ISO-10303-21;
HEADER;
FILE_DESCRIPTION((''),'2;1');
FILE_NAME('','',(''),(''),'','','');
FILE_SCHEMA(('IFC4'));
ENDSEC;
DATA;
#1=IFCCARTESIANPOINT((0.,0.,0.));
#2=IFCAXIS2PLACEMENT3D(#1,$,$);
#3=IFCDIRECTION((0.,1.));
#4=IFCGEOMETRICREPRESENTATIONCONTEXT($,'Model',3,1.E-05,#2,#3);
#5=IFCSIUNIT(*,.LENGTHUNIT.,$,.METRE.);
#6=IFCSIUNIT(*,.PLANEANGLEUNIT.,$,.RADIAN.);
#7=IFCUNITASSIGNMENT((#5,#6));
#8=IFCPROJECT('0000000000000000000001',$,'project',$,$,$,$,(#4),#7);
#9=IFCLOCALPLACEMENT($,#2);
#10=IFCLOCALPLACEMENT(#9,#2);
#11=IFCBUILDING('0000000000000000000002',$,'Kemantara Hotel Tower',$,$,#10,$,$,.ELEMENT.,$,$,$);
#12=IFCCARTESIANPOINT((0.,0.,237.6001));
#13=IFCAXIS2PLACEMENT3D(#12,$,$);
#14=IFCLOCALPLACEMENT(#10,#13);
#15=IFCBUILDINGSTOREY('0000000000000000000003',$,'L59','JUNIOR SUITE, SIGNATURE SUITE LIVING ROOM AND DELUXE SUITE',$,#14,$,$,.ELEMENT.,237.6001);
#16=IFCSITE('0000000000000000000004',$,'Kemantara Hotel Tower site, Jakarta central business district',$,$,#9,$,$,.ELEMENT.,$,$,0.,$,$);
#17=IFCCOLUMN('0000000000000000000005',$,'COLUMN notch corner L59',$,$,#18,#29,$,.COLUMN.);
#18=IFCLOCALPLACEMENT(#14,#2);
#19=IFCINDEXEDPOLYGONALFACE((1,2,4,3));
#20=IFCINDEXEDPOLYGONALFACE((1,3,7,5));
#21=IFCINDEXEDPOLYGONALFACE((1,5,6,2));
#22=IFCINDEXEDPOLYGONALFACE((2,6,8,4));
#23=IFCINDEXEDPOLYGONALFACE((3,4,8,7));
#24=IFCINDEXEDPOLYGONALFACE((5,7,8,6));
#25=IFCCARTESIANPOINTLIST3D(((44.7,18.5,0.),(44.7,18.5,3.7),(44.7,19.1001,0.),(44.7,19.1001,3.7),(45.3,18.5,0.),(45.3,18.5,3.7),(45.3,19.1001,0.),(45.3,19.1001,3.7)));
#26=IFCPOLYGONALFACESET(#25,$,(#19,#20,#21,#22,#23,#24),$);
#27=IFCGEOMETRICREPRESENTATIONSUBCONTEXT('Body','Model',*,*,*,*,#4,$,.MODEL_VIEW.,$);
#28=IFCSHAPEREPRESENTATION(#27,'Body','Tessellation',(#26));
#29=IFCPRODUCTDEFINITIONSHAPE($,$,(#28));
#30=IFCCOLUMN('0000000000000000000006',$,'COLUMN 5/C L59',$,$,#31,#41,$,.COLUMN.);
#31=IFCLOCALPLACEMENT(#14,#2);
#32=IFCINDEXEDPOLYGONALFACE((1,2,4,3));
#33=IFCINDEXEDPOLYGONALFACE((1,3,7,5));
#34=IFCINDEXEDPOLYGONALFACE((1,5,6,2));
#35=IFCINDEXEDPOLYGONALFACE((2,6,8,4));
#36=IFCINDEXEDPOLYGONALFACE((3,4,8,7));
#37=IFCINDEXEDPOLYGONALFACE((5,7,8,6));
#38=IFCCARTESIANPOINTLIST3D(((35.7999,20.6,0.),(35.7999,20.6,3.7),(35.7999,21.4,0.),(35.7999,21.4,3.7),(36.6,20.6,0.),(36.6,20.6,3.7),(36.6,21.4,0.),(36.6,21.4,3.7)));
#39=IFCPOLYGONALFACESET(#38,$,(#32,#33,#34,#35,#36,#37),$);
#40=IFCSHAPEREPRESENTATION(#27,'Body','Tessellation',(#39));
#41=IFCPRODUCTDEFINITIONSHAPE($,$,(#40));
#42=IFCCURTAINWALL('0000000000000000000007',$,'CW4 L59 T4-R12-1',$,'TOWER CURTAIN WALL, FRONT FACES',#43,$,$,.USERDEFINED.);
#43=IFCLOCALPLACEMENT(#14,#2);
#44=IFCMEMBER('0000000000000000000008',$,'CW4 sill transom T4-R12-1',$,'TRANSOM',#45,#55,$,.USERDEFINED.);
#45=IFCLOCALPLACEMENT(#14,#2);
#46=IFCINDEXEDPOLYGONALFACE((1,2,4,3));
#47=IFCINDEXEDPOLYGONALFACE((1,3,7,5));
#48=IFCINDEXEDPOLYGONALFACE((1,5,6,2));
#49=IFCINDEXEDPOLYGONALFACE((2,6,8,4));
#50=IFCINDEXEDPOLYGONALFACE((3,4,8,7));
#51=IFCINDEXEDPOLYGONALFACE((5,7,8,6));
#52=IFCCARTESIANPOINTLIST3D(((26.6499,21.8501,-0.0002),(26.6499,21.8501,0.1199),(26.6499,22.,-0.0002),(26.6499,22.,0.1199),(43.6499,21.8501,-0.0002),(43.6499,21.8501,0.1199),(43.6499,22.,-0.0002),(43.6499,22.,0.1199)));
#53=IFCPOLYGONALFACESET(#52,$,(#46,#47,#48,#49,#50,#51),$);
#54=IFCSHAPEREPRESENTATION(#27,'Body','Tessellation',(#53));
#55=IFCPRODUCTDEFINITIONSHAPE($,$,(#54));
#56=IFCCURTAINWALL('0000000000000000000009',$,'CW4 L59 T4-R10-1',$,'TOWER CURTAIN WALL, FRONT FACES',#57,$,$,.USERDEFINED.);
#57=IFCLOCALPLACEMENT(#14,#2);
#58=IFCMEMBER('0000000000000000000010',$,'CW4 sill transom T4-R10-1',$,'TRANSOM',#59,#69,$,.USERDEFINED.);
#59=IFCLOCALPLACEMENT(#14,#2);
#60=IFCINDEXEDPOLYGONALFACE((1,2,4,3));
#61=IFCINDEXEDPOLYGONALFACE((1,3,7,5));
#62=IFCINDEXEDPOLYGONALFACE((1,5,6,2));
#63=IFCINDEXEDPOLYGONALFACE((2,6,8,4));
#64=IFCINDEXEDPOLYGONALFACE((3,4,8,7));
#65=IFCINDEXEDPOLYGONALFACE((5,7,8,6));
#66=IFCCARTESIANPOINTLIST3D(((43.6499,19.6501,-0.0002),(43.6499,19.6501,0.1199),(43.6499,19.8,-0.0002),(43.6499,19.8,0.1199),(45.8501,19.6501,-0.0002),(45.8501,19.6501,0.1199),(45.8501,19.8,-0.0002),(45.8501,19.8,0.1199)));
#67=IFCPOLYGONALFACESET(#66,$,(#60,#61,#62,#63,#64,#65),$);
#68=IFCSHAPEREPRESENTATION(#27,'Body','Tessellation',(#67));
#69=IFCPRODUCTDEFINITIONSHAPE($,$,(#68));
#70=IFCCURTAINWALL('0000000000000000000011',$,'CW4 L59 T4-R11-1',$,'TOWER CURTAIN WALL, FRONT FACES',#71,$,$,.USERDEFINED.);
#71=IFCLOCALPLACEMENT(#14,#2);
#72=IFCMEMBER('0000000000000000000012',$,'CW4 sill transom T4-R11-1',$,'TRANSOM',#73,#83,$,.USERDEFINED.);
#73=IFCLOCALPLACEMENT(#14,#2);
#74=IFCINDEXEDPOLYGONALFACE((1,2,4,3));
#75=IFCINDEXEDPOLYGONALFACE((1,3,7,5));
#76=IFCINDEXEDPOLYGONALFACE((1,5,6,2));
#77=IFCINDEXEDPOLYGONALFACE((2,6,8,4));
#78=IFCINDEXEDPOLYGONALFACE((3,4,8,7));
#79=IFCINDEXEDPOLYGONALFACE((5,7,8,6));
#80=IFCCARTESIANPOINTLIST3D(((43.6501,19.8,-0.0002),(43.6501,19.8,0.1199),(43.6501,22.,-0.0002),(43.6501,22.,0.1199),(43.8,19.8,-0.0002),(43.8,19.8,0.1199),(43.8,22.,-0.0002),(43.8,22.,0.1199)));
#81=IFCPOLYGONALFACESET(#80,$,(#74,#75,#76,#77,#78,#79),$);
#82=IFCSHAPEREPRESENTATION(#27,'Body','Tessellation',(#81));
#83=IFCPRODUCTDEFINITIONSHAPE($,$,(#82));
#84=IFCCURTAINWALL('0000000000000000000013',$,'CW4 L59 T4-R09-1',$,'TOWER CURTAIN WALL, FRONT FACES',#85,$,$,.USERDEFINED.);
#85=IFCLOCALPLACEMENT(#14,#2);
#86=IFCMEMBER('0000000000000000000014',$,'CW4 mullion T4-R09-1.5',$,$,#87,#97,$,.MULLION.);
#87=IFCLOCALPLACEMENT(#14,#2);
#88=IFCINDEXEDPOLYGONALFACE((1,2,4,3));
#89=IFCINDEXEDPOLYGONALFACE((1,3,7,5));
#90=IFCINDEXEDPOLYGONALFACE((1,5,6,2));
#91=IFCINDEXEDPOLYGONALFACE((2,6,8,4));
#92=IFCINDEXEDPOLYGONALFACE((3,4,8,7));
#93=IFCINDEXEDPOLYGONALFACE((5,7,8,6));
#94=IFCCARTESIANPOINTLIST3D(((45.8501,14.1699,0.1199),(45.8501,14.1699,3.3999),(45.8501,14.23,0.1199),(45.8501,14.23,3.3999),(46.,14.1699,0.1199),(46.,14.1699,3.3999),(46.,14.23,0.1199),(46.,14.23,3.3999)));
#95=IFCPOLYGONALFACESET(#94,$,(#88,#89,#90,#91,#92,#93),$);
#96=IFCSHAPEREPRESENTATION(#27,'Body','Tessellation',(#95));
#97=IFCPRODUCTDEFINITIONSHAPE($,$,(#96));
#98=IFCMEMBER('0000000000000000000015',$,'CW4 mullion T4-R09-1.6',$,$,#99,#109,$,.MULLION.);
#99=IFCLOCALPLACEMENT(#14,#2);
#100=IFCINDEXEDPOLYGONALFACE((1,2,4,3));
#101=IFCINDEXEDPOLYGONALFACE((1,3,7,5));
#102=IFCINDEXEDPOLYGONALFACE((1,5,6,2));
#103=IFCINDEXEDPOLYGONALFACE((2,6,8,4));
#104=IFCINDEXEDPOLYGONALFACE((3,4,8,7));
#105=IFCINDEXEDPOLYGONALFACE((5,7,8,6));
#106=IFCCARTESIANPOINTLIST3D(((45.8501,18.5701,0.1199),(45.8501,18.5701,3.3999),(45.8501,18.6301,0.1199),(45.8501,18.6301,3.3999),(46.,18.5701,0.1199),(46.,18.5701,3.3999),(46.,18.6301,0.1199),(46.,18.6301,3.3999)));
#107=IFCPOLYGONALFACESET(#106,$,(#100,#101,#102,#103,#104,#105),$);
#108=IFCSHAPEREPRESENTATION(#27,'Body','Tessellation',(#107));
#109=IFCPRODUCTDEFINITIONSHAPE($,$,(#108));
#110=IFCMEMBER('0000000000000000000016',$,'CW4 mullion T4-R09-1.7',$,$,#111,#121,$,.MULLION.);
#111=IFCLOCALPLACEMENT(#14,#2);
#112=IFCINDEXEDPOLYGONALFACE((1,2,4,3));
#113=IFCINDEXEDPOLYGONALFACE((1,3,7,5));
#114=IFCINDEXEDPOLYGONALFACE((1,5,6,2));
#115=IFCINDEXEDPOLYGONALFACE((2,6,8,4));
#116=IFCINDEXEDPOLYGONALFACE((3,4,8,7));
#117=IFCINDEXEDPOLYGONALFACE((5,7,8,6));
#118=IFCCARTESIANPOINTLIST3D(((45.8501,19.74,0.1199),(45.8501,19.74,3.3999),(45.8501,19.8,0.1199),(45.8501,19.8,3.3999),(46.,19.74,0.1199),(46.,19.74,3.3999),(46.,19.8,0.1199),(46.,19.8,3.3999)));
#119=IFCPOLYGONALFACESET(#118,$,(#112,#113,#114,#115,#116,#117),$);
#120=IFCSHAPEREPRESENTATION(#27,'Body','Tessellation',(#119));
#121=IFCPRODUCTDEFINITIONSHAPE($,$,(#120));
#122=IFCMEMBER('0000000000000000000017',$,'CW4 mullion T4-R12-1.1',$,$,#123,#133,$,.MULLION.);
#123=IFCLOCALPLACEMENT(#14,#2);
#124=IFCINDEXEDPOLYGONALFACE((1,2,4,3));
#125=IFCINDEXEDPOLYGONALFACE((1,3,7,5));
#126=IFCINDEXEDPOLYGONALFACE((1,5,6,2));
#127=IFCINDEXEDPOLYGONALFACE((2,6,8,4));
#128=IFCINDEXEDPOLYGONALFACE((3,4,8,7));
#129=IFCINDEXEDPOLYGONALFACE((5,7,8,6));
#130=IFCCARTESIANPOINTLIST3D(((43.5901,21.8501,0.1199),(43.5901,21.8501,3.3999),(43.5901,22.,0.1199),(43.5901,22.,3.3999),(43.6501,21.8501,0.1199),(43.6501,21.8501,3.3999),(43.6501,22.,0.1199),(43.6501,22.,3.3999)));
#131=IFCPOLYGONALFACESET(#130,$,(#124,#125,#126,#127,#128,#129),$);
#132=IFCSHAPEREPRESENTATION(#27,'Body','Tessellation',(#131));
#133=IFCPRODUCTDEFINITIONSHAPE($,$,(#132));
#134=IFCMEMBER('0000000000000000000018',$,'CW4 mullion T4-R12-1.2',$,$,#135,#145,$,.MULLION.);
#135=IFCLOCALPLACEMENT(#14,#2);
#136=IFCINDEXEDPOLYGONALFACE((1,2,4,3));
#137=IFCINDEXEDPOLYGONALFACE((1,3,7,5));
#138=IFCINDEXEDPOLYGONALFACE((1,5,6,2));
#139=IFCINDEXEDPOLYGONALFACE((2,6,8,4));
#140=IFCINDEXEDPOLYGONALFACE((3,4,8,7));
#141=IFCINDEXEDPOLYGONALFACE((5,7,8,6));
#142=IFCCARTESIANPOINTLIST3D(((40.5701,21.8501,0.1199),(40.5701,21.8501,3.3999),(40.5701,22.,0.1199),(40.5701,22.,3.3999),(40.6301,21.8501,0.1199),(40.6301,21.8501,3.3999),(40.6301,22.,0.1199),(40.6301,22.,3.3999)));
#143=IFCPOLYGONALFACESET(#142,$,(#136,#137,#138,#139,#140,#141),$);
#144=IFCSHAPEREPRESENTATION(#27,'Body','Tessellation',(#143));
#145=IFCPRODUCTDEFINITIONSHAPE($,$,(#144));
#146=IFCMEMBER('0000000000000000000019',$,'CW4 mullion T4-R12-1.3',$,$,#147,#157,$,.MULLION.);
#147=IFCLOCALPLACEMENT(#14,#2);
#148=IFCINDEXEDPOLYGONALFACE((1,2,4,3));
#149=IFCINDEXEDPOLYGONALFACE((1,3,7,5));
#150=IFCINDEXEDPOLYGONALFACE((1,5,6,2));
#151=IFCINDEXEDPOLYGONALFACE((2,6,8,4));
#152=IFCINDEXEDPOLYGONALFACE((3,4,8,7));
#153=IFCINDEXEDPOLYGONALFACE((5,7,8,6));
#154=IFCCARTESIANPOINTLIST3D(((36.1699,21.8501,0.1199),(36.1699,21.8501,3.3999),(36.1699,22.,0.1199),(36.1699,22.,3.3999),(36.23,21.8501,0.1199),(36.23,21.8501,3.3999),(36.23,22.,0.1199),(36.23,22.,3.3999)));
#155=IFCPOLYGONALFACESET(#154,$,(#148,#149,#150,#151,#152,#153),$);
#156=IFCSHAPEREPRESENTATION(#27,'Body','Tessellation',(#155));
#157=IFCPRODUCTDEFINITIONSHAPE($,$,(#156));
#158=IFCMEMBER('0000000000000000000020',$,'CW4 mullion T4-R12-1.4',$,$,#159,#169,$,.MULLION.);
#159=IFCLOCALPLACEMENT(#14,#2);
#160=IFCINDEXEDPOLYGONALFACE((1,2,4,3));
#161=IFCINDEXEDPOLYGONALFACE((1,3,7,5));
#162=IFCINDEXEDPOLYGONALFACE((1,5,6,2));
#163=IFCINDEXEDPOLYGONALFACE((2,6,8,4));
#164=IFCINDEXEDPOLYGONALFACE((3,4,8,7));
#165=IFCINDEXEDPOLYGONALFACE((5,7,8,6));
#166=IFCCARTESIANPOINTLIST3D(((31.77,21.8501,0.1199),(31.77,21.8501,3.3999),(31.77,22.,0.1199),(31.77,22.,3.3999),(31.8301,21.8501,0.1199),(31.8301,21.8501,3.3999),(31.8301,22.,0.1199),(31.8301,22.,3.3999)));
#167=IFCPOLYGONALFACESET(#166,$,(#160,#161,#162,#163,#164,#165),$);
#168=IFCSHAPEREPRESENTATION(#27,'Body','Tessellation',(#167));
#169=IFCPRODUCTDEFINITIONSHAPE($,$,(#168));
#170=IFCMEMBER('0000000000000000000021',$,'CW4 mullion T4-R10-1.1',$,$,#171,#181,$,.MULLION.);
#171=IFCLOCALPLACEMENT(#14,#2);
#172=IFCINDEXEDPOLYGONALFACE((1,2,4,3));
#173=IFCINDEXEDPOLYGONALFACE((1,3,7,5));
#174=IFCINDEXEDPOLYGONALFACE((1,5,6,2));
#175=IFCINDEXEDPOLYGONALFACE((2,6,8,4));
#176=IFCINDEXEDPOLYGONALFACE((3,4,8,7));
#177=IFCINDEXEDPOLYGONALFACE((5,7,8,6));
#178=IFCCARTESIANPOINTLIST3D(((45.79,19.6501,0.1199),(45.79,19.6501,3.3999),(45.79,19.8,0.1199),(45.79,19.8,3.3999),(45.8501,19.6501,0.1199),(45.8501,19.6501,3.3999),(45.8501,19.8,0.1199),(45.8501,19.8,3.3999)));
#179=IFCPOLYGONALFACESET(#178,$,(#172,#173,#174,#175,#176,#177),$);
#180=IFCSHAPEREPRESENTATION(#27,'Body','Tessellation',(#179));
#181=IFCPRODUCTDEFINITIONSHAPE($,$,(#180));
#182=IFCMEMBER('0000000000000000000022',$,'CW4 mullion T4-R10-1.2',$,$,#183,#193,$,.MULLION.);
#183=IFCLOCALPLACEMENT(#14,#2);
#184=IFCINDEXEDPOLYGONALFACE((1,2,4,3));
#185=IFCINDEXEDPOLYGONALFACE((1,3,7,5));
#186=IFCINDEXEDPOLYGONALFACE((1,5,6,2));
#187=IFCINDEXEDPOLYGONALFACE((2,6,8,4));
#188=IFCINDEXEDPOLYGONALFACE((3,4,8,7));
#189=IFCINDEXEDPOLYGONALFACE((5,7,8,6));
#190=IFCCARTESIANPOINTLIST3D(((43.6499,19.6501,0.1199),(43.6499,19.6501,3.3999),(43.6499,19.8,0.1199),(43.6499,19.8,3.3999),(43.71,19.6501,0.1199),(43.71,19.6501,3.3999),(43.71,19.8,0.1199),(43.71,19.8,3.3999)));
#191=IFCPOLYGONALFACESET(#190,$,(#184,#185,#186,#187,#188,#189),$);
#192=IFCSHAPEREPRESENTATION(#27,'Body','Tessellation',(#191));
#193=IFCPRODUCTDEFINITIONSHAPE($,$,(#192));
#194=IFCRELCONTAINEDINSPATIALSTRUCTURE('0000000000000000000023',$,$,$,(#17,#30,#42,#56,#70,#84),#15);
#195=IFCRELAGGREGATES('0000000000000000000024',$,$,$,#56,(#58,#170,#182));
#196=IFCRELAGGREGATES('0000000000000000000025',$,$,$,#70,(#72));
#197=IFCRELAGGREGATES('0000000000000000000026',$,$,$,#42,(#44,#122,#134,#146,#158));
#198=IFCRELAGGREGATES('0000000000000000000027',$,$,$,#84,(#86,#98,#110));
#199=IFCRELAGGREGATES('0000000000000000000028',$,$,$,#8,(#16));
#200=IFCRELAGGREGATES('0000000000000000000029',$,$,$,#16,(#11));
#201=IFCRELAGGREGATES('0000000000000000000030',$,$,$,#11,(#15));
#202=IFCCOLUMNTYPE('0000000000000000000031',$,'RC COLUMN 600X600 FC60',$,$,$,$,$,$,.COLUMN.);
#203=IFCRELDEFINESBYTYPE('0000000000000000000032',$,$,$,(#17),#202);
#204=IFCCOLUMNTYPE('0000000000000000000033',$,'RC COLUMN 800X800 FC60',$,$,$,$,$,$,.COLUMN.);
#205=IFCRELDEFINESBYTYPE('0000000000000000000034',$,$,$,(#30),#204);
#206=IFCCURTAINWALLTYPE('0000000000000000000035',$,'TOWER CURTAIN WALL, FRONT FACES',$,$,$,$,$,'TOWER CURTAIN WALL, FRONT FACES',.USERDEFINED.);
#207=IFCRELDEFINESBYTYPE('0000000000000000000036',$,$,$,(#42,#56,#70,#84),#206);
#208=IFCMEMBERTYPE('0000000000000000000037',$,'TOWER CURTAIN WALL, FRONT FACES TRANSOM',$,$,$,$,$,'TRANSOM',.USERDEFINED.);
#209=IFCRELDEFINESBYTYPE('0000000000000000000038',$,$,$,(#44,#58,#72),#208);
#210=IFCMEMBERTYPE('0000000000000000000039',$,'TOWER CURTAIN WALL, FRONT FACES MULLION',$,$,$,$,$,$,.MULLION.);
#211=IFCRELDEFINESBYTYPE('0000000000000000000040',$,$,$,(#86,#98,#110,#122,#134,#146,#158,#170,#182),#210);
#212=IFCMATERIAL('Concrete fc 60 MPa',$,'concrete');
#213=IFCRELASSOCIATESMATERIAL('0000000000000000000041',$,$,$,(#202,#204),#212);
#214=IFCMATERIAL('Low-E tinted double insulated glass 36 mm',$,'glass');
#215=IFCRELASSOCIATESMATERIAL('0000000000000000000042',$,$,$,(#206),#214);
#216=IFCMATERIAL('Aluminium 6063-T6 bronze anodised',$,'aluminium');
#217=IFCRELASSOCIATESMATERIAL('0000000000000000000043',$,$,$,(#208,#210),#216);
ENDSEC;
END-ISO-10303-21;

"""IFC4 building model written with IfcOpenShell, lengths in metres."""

from ifc_helpers import new_model, si_unit, direction, frame, origin, origin_2d, place, context, subcontext, project, spatial, rectangle, extrude, source, transform, mapped, material, material_profile, profile_set, type_object, element, aggregate, save


model = new_model("IFC4")

# Units and contexts
model_context = context("Model", 3, precision=1e-05, world=origin(), true_north=direction((0.0, 1.0)))
body_context = subcontext(model_context, "Body", "Model", "MODEL_VIEW")
ifc_project = project(units=[si_unit("LENGTHUNIT", "METRE"), si_unit("PLANEANGLEUNIT", "RADIAN")], contexts=[model_context])

# Site, building, storey
site_placement = place(None, origin())
site = spatial("IfcSite", under=ifc_project, at=site_placement, Name="Kemantara Hotel Tower site, Jakarta central business district", CompositionType="ELEMENT", RefElevation=0.0)
building_placement = place(site_placement, origin())
building = spatial("IfcBuilding", under=site, at=building_placement, Name="Kemantara Hotel Tower", CompositionType="ELEMENT")
storey_placement = place(building_placement, frame((0.0, 0.0, 237.6001)))
storey = spatial("IfcBuildingStorey", under=building, at=storey_placement, Name="L59", Description="JUNIOR SUITE, SIGNATURE SUITE LIVING ROOM AND DELUXE SUITE", CompositionType="ELEMENT", Elevation=237.6001)

# Columns
ifc_material_1 = material(Name="Concrete fc 60 MPa", Category="concrete")
ifc_material_profile_1 = material_profile(ifc_material_1, rectangle(XDim=0.6001, YDim=0.6001, at=origin_2d()), Name="RC 600X600")
ifc_profile_set_1 = profile_set([ifc_material_profile_1], Name="Concrete fc 60 MPa")
column_type_1 = type_object("IfcColumnType", Name="RC COLUMN 600X600 FC60", PredefinedType="COLUMN", material=ifc_profile_set_1)
column_1_placement = place(storey_placement, frame((45.0, 18.8, 0.0), z_axis=(0.0, 0.0, 1.0), x_axis=(1.0, 0.0, 0.0)))
element("IfcColumn", 1, at=column_1_placement, inside=storey, type_object=column_type_1, Name="COLUMN notch corner L59", PredefinedType="COLUMN", context=body_context, shape_type="SweptSolid", body=[
    extrude(rectangle(XDim=0.6001, YDim=0.6001, at=origin_2d()), origin(), (0.0, 0.0, 1.0), 3.7),
])
ifc_material_profile_2 = material_profile(ifc_material_1, rectangle(XDim=0.8, YDim=0.8, at=origin_2d()), Name="RC 800X800")
ifc_profile_set_2 = profile_set([ifc_material_profile_2], Name="Concrete fc 60 MPa")
column_type_2 = type_object("IfcColumnType", Name="RC COLUMN 800X800 FC60", PredefinedType="COLUMN", material=ifc_profile_set_2)
column_2_placement = place(storey_placement, frame((36.2, 21.0, 0.0), z_axis=(0.0, 0.0, 1.0), x_axis=(1.0, 0.0, 0.0)))
element("IfcColumn", 2, at=column_2_placement, inside=storey, type_object=column_type_2, Name="COLUMN 5/C L59", PredefinedType="COLUMN", context=body_context, shape_type="SweptSolid", body=[
    extrude(rectangle(XDim=0.8, YDim=0.8, at=origin_2d()), origin(), (0.0, 0.0, 1.0), 3.7),
])

# Curtain walls, members
ifc_material_2 = material(Name="Low-E tinted double insulated glass 36 mm", Category="glass")
curtain_wall_type = type_object("IfcCurtainWallType", Name="TOWER CURTAIN WALL, FRONT FACES", ElementType="TOWER CURTAIN WALL, FRONT FACES", PredefinedType="USERDEFINED", material=ifc_material_2)
curtain_wall_1_placement = place(storey_placement, origin())
curtain_wall_1 = element("IfcCurtainWall", 3, at=curtain_wall_1_placement, inside=storey, type_object=curtain_wall_type, Name="CW4 L59 T4-R12-1", ObjectType="TOWER CURTAIN WALL, FRONT FACES", PredefinedType="USERDEFINED")
ifc_material_3 = material(Name="Aluminium 6063-T6 bronze anodised", Category="aluminium")
ifc_material_profile_3 = material_profile(ifc_material_3, rectangle(XDim=0.1499, YDim=0.1201, at=origin_2d()), Name="TOWER CURTAIN WALL, FRONT FACES TRANSOM")
ifc_profile_set_3 = profile_set([ifc_material_profile_3], Name="Aluminium 6063-T6 bronze anodised")
member_type_1 = type_object("IfcMemberType", Name="TOWER CURTAIN WALL, FRONT FACES TRANSOM", ElementType="TRANSOM", PredefinedType="USERDEFINED", material=ifc_profile_set_3)
member_1_placement = place(storey_placement, frame((43.6499, 21.925, 0.0598), z_axis=(-1.0, 0.0, 0.0), x_axis=(0.0, -1.0, 0.0)))
member_1 = element("IfcMember", 4, at=member_1_placement, type_object=member_type_1, Name="CW4 sill transom T4-R12-1", ObjectType="TRANSOM", PredefinedType="USERDEFINED", context=body_context, shape_type="SweptSolid", body=[
    extrude(rectangle(XDim=0.1499, YDim=0.1201, at=origin_2d()), origin(), (0.0, 0.0, 1.0), 17.0),
])
curtain_wall_2_placement = place(storey_placement, origin())
curtain_wall_2 = element("IfcCurtainWall", 5, at=curtain_wall_2_placement, inside=storey, type_object=curtain_wall_type, Name="CW4 L59 T4-R10-1", ObjectType="TOWER CURTAIN WALL, FRONT FACES", PredefinedType="USERDEFINED")
member_2_placement = place(storey_placement, frame((45.8501, 19.7251, 0.0598), z_axis=(-1.0, 0.0, 0.0), x_axis=(0.0, -1.0, 0.0)))
member_2 = element("IfcMember", 6, at=member_2_placement, type_object=member_type_1, Name="CW4 sill transom T4-R10-1", ObjectType="TRANSOM", PredefinedType="USERDEFINED", context=body_context, shape_type="SweptSolid", body=[
    extrude(rectangle(XDim=0.1499, YDim=0.1201, at=origin_2d()), origin(), (0.0, 0.0, 1.0), 2.2002),
])
curtain_wall_3_placement = place(storey_placement, origin())
curtain_wall_3 = element("IfcCurtainWall", 7, at=curtain_wall_3_placement, inside=storey, type_object=curtain_wall_type, Name="CW4 L59 T4-R11-1", ObjectType="TOWER CURTAIN WALL, FRONT FACES", PredefinedType="USERDEFINED")
member_3_placement = place(storey_placement, frame((43.7251, 19.8, 0.0598), z_axis=(0.0, 1.0, 0.0), x_axis=(-1.0, 0.0, 0.0)))
member_3 = element("IfcMember", 8, at=member_3_placement, type_object=member_type_1, Name="CW4 sill transom T4-R11-1", ObjectType="TRANSOM", PredefinedType="USERDEFINED", context=body_context, shape_type="SweptSolid", body=[
    extrude(rectangle(XDim=0.1499, YDim=0.1201, at=origin_2d()), origin(), (0.0, 0.0, 1.0), 2.2),
])

# Curtain wall, members
curtain_wall_4_placement = place(storey_placement, origin())
curtain_wall_4 = element("IfcCurtainWall", 9, at=curtain_wall_4_placement, inside=storey, type_object=curtain_wall_type, Name="CW4 L59 T4-R09-1", ObjectType="TOWER CURTAIN WALL, FRONT FACES", PredefinedType="USERDEFINED")
ifc_material_profile_4 = material_profile(ifc_material_3, rectangle(XDim=0.1499, YDim=0.0601, at=origin_2d()), Name="TOWER CURTAIN WALL, FRONT FACES MULLION")
ifc_profile_set_4 = profile_set([ifc_material_profile_4], Name="Aluminium 6063-T6 bronze anodised")
member_type_2 = type_object("IfcMemberType", Name="TOWER CURTAIN WALL, FRONT FACES MULLION", PredefinedType="MULLION", material=ifc_profile_set_4)
shared_shape_1 = source(origin(), body_context, "Body", "SweptSolid", [
    extrude(rectangle(XDim=0.1499, YDim=0.0601, at=origin_2d()), origin(), (0.0, 0.0, 1.0), 3.28),
])
member_4_placement = place(storey_placement, frame((45.925, 14.2, 0.1199), z_axis=(0.0, 0.0, 1.0), x_axis=(-1.0, 0.0, 0.0)))
member_4 = element("IfcMember", 10, at=member_4_placement, type_object=member_type_2, Name="CW4 mullion T4-R09-1.5", PredefinedType="MULLION", context=body_context, shape_type="MappedRepresentation", body=[
    mapped(shared_shape_1, transform((0.0, 0.0, 0.0))),
])
member_5_placement = place(storey_placement, frame((45.925, 18.6001, 0.1199), z_axis=(0.0, 0.0, 1.0), x_axis=(-1.0, 0.0, 0.0)))
member_5 = element("IfcMember", 11, at=member_5_placement, type_object=member_type_2, Name="CW4 mullion T4-R09-1.6", PredefinedType="MULLION", context=body_context, shape_type="MappedRepresentation", body=[
    mapped(shared_shape_1, transform((0.0, 0.0, 0.0))),
])
member_6_placement = place(storey_placement, frame((45.925, 19.77, 0.1199), z_axis=(0.0, 0.0, 1.0), x_axis=(-1.0, 0.0, 0.0)))
member_6 = element("IfcMember", 12, at=member_6_placement, type_object=member_type_2, Name="CW4 mullion T4-R09-1.7", PredefinedType="MULLION", context=body_context, shape_type="MappedRepresentation", body=[
    mapped(shared_shape_1, transform((0.0, 0.0, 0.0))),
])

# Members
member_7_placement = place(storey_placement, frame((43.6201, 21.925, 0.1199), z_axis=(0.0, 0.0, 1.0), x_axis=(0.0, -1.0, 0.0)))
member_7 = element("IfcMember", 13, at=member_7_placement, type_object=member_type_2, Name="CW4 mullion T4-R12-1.1", PredefinedType="MULLION", context=body_context, shape_type="MappedRepresentation", body=[
    mapped(shared_shape_1, transform((0.0, 0.0, 0.0))),
])
member_8_placement = place(storey_placement, frame((40.6001, 21.925, 0.1199), z_axis=(0.0, 0.0, 1.0), x_axis=(0.0, -1.0, 0.0)))
member_8 = element("IfcMember", 14, at=member_8_placement, type_object=member_type_2, Name="CW4 mullion T4-R12-1.2", PredefinedType="MULLION", context=body_context, shape_type="MappedRepresentation", body=[
    mapped(shared_shape_1, transform((0.0, 0.0, 0.0))),
])
member_9_placement = place(storey_placement, frame((36.2, 21.925, 0.1199), z_axis=(0.0, 0.0, 1.0), x_axis=(0.0, -1.0, 0.0)))
member_9 = element("IfcMember", 15, at=member_9_placement, type_object=member_type_2, Name="CW4 mullion T4-R12-1.3", PredefinedType="MULLION", context=body_context, shape_type="MappedRepresentation", body=[
    mapped(shared_shape_1, transform((0.0, 0.0, 0.0))),
])
member_10_placement = place(storey_placement, frame((31.8, 21.925, 0.1199), z_axis=(0.0, 0.0, 1.0), x_axis=(0.0, -1.0, 0.0)))
member_10 = element("IfcMember", 16, at=member_10_placement, type_object=member_type_2, Name="CW4 mullion T4-R12-1.4", PredefinedType="MULLION", context=body_context, shape_type="MappedRepresentation", body=[
    mapped(shared_shape_1, transform((0.0, 0.0, 0.0))),
])
member_11_placement = place(storey_placement, frame((45.8201, 19.7251, 0.1199), z_axis=(0.0, 0.0, 1.0), x_axis=(0.0, -1.0, 0.0)))
member_11 = element("IfcMember", 17, at=member_11_placement, type_object=member_type_2, Name="CW4 mullion T4-R10-1.1", PredefinedType="MULLION", context=body_context, shape_type="MappedRepresentation", body=[
    mapped(shared_shape_1, transform((0.0, 0.0, 0.0))),
])
member_12_placement = place(storey_placement, frame((43.6799, 19.7251, 0.1199), z_axis=(0.0, 0.0, 1.0), x_axis=(0.0, -1.0, 0.0)))
member_12 = element("IfcMember", 18, at=member_12_placement, type_object=member_type_2, Name="CW4 mullion T4-R10-1.2", PredefinedType="MULLION", context=body_context, shape_type="MappedRepresentation", body=[
    mapped(shared_shape_1, transform((0.0, 0.0, 0.0))),
])

aggregate(curtain_wall_2, [member_2, member_11, member_12])
aggregate(curtain_wall_3, [member_3])
aggregate(curtain_wall_1, [member_1, member_7, member_8, member_9, member_10])
aggregate(curtain_wall_4, [member_4, member_5, member_6])

save(model, "model.ifc")
